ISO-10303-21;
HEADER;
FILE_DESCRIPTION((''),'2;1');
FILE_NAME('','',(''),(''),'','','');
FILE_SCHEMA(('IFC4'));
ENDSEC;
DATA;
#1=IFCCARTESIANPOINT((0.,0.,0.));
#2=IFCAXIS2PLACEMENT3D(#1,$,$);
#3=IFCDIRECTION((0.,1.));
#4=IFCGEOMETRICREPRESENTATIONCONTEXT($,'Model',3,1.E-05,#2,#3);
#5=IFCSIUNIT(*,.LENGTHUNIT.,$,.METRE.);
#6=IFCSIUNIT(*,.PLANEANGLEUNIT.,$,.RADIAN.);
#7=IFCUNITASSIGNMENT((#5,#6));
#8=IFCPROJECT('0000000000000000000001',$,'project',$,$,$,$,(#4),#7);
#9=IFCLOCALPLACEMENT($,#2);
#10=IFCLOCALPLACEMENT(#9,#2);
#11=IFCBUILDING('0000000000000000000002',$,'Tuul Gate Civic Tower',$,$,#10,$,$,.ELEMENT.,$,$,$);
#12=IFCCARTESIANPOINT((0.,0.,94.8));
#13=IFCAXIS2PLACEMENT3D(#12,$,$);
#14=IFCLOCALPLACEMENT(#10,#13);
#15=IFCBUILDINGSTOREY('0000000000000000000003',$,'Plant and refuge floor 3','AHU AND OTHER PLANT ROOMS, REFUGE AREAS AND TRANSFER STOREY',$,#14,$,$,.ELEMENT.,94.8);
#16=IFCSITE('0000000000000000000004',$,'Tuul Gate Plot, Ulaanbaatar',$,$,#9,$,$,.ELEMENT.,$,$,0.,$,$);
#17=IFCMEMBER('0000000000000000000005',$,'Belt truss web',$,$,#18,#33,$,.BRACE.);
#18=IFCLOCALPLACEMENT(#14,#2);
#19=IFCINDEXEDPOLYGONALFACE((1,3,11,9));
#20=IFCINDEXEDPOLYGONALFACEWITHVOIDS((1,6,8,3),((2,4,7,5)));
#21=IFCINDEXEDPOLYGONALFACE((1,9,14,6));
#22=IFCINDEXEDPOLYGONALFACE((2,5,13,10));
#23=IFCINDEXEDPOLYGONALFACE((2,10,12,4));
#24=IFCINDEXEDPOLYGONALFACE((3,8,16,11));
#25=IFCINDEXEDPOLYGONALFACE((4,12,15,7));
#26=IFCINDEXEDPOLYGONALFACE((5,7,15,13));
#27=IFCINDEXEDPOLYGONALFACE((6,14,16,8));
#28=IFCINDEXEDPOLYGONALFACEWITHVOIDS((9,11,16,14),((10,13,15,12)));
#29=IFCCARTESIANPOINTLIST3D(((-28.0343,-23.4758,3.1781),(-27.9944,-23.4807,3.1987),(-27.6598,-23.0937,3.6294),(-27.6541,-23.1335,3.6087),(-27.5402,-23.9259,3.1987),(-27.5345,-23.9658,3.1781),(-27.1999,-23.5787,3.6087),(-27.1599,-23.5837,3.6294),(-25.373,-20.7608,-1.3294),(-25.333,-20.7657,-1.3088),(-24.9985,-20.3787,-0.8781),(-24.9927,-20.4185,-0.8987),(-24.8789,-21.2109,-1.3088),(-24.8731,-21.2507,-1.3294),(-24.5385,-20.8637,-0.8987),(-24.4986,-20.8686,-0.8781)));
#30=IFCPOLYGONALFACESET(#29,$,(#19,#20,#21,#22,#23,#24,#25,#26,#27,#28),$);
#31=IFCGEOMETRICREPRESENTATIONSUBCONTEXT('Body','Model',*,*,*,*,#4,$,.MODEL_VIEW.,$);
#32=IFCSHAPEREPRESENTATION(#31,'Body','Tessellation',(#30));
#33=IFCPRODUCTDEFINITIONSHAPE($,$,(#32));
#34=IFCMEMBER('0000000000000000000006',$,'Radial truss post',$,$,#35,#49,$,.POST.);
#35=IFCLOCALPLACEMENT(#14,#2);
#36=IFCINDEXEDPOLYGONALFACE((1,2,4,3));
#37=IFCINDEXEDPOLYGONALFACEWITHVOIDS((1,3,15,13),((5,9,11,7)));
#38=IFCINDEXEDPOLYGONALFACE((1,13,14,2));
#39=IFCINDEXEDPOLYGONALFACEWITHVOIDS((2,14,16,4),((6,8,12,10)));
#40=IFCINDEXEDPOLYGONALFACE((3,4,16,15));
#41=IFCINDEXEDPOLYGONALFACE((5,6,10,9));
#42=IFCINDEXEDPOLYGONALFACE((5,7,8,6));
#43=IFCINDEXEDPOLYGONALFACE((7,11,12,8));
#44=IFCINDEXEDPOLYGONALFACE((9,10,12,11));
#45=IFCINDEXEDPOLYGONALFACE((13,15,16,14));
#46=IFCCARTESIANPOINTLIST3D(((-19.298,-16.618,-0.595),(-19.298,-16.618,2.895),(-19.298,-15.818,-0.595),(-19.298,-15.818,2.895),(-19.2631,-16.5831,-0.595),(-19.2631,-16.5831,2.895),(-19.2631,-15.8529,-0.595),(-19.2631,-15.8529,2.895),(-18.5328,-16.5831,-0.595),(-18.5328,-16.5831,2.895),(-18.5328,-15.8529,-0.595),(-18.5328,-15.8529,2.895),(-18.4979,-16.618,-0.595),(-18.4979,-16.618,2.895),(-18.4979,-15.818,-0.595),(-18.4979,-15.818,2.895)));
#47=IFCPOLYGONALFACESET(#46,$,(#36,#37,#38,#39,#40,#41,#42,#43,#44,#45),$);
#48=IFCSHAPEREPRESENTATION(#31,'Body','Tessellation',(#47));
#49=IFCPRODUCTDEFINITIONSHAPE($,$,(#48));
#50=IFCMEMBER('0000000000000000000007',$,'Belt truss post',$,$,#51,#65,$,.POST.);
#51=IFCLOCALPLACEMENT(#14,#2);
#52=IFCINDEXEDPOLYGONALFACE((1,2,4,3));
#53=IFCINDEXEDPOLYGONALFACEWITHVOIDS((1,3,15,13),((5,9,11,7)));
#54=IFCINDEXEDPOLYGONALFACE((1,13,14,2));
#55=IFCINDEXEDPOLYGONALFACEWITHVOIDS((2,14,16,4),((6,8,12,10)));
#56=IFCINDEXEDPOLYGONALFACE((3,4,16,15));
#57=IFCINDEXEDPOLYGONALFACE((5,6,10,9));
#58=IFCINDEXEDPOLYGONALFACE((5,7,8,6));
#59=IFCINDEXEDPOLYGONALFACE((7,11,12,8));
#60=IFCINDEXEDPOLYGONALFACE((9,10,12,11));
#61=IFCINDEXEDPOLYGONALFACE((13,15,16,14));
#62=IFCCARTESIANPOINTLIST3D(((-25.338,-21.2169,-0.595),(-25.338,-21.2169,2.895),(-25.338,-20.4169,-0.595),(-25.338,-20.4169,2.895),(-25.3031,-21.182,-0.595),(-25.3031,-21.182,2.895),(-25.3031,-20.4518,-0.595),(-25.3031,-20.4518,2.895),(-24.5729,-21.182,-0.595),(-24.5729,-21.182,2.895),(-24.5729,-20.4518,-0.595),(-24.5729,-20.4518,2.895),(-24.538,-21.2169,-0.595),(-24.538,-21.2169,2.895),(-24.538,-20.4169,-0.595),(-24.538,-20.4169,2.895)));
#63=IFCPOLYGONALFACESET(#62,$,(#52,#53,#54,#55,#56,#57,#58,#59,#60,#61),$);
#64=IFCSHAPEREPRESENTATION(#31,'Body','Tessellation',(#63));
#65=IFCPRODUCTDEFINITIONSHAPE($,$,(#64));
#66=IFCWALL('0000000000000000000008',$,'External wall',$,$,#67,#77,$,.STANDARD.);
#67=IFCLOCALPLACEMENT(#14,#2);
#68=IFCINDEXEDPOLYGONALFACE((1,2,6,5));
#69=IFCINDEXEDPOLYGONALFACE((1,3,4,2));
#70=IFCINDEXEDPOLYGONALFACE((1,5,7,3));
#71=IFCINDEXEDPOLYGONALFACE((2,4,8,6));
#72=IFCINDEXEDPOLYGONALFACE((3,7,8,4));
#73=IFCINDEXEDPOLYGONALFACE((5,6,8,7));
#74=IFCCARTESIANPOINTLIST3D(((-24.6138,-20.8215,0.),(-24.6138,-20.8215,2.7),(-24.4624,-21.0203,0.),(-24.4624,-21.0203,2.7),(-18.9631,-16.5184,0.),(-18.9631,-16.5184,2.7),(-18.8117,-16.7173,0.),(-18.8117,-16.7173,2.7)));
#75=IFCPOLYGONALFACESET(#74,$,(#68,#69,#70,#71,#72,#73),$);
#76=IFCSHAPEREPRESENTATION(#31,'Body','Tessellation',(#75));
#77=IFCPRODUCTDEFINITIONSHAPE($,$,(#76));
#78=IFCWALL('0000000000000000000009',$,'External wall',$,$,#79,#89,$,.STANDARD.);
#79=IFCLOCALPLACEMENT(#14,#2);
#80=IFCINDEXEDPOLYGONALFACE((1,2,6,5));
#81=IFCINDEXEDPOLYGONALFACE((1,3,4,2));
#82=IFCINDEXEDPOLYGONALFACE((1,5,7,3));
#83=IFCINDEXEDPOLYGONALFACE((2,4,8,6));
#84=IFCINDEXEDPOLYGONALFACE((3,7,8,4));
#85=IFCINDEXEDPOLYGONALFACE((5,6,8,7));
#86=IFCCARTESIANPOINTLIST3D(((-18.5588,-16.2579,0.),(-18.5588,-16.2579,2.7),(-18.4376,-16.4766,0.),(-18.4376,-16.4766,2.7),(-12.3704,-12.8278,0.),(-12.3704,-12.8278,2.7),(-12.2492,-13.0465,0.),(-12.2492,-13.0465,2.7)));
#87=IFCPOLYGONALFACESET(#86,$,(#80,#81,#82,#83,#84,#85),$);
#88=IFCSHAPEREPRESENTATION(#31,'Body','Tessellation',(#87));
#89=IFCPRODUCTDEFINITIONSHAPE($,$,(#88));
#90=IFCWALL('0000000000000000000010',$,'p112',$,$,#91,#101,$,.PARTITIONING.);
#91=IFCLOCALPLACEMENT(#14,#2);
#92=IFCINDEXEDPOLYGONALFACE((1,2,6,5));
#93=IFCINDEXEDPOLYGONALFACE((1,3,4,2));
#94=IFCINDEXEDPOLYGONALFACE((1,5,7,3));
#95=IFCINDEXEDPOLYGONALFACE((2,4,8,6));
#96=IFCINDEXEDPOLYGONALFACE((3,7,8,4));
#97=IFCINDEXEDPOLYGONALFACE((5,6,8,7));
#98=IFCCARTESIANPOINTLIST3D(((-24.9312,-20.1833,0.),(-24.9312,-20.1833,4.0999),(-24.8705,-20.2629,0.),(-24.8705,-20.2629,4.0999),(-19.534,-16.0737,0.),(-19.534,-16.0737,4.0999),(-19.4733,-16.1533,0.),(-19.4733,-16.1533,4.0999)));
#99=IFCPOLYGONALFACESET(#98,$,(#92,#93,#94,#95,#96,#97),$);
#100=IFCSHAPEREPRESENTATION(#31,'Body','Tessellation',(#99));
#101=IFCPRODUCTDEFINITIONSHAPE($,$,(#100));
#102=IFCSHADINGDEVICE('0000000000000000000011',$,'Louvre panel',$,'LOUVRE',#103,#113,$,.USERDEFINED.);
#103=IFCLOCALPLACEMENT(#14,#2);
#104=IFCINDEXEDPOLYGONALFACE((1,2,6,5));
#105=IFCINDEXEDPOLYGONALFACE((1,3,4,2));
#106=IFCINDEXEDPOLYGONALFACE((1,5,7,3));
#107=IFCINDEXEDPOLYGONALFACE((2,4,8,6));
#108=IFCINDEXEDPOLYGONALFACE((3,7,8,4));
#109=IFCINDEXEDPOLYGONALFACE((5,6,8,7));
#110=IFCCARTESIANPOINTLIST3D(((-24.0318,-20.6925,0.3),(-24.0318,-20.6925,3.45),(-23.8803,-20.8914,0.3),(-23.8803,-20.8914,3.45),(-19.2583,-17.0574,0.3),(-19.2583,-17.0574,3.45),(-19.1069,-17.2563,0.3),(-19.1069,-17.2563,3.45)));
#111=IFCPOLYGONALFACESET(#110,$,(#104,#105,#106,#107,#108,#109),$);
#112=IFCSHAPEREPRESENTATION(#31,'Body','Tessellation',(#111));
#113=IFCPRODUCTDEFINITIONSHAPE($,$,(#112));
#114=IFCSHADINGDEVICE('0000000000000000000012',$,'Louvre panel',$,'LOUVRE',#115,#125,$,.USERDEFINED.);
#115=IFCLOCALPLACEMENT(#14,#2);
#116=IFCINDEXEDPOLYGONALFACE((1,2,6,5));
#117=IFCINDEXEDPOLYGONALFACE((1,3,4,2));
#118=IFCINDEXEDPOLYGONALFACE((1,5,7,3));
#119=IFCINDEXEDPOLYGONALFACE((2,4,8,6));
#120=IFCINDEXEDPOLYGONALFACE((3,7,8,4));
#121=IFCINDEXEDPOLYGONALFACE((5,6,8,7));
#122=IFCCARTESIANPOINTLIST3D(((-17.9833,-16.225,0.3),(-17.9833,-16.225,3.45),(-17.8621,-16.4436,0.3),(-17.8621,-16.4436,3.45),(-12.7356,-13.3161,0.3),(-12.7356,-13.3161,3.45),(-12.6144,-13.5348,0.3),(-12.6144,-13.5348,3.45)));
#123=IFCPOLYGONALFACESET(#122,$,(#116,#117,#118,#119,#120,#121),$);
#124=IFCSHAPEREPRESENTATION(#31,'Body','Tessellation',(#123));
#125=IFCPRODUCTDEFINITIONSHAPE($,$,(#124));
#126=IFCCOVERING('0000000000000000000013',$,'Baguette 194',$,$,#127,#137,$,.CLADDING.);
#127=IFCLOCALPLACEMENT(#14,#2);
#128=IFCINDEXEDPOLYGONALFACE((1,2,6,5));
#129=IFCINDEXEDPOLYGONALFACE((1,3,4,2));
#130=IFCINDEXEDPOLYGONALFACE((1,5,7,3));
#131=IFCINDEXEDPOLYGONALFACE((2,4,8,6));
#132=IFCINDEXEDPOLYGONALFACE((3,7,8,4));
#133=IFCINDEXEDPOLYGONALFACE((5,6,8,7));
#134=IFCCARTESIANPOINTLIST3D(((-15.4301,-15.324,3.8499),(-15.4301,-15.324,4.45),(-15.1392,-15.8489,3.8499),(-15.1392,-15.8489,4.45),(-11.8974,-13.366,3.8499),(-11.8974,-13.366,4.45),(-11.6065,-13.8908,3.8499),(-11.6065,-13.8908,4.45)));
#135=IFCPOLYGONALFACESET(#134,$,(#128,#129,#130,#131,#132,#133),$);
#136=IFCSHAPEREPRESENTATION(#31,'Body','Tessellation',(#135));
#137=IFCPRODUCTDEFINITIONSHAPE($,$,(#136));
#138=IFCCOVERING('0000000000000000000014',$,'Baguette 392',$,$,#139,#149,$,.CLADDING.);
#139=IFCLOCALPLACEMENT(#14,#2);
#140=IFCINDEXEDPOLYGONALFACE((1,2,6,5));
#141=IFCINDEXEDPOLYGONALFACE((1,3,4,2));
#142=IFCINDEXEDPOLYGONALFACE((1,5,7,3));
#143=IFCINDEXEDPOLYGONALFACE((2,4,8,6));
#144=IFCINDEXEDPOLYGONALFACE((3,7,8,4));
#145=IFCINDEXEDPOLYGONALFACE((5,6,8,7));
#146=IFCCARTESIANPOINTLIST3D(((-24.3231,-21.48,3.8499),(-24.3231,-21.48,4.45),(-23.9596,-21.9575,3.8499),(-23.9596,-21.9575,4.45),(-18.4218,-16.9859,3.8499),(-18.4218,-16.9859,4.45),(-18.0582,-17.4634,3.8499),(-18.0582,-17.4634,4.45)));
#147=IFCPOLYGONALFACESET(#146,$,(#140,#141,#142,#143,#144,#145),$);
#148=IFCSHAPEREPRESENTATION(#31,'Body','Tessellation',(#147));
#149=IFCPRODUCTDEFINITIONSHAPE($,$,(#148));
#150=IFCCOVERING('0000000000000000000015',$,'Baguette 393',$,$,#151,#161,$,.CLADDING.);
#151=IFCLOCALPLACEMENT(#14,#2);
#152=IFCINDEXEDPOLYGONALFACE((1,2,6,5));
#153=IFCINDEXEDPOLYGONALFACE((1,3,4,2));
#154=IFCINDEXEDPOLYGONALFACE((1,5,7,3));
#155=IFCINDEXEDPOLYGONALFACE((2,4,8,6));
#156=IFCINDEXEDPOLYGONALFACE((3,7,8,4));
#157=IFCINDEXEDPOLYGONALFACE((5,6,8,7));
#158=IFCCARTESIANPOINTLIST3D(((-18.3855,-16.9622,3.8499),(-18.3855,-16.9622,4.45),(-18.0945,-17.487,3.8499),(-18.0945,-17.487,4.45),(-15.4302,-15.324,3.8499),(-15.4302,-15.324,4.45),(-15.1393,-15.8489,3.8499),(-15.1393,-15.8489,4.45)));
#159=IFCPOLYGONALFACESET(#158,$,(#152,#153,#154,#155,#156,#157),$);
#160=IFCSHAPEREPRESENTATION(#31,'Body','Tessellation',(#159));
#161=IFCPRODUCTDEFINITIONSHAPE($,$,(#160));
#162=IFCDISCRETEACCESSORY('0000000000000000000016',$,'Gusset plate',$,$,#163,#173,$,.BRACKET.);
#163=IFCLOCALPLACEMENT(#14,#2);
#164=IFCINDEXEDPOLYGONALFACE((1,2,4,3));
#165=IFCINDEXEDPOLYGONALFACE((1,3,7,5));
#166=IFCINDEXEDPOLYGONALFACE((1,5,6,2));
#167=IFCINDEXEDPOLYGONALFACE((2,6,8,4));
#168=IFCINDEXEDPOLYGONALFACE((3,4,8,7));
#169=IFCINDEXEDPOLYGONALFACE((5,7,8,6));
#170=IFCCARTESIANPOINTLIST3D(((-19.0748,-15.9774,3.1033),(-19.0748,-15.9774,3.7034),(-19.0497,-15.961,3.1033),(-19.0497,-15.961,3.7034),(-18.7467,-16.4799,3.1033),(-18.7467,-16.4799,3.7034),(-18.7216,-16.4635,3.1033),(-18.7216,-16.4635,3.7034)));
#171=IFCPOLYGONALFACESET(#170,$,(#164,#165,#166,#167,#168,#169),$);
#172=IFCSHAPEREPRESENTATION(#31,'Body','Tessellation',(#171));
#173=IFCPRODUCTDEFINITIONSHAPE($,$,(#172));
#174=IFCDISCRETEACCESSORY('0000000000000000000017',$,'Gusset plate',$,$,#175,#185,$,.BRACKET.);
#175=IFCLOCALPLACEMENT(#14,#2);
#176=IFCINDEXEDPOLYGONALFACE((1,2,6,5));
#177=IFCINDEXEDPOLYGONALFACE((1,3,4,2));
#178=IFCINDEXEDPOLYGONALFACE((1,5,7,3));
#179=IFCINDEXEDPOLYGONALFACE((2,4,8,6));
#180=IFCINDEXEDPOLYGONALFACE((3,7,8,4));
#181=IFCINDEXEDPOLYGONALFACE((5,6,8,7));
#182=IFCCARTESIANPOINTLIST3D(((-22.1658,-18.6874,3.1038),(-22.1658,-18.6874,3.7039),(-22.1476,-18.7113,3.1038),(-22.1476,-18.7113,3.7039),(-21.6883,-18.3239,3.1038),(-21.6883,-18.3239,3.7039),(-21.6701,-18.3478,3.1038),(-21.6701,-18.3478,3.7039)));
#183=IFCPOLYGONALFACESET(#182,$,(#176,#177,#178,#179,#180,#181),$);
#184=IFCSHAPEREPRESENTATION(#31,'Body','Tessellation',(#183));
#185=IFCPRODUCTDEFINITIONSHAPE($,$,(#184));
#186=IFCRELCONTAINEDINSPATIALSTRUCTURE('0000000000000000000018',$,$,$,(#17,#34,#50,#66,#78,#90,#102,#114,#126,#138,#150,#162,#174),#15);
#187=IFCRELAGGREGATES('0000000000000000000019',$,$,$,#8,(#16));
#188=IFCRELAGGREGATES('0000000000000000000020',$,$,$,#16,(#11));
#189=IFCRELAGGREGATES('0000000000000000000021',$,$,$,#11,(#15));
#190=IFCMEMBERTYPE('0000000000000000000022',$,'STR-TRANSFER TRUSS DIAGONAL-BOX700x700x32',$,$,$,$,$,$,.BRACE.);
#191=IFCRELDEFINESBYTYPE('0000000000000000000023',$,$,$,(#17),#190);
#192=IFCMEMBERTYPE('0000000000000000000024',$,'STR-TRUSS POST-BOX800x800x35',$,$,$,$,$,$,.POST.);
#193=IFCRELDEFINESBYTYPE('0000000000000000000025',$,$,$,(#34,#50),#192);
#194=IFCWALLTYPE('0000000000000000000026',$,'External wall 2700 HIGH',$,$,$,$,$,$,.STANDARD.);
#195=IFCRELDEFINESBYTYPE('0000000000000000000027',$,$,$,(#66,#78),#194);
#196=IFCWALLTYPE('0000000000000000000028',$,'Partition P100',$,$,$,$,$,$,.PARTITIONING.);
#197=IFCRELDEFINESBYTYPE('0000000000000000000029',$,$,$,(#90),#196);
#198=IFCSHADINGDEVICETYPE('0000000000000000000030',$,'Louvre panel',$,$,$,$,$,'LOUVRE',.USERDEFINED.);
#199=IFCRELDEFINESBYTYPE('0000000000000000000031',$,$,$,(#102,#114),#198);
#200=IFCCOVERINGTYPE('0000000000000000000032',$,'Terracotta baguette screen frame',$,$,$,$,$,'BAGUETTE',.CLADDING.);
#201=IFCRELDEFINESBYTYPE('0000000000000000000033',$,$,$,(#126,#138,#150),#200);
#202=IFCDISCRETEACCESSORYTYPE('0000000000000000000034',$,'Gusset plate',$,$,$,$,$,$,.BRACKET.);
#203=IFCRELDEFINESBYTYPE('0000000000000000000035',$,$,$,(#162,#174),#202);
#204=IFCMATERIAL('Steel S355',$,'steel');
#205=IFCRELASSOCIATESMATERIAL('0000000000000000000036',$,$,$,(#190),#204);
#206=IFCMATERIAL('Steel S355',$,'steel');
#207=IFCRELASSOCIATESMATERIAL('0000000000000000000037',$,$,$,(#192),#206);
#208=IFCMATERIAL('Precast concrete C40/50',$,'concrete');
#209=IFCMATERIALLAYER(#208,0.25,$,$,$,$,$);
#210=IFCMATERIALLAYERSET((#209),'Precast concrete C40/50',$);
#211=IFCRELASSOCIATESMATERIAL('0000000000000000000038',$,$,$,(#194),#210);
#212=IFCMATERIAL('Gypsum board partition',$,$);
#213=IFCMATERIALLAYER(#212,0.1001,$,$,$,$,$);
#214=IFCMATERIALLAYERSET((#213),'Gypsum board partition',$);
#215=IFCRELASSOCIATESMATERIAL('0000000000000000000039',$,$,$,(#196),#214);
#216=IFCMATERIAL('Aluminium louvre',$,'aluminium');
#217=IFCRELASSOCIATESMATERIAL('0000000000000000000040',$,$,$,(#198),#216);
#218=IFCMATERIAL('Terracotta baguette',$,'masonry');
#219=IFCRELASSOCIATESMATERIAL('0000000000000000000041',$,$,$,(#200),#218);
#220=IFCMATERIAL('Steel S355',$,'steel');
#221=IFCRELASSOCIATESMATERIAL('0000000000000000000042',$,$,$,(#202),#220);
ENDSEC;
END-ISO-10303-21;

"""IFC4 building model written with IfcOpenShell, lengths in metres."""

from ifc_helpers import new_model, si_unit, direction, frame, frame_2d, origin, origin_2d, place, context, subcontext, project, spatial, rectangle, hollow_rectangle, extrude, material, layer, layer_set, material_profile, profile_set, type_object, element, save


model = new_model("IFC4")

# Units and contexts
model_context = context("Model", 3, precision=1e-05, world=origin(), true_north=direction((0.0, 1.0)))
body_context = subcontext(model_context, "Body", "Model", "MODEL_VIEW")
ifc_project = project(units=[si_unit("LENGTHUNIT", "METRE"), si_unit("PLANEANGLEUNIT", "RADIAN")], contexts=[model_context])

# Site, building, storey
site_placement = place(None, origin())
site = spatial("IfcSite", under=ifc_project, at=site_placement, Name="Tuul Gate Plot, Ulaanbaatar", CompositionType="ELEMENT", RefElevation=0.0)
building_placement = place(site_placement, origin())
building = spatial("IfcBuilding", under=site, at=building_placement, Name="Tuul Gate Civic Tower", CompositionType="ELEMENT")
storey_placement = place(building_placement, frame((0.0, 0.0, 94.8)))
storey = spatial("IfcBuildingStorey", under=building, at=storey_placement, Name="Plant and refuge floor 3", Description="AHU AND OTHER PLANT ROOMS, REFUGE AREAS AND TRANSFER STOREY", CompositionType="ELEMENT", Elevation=94.8)

# Members
ifc_material_1 = material(Name="Steel S355", Category="steel")
ifc_material_profile_1 = material_profile(ifc_material_1, hollow_rectangle(XDim=0.7, YDim=0.7, WallThickness=0.032, at=origin_2d()), Name="BOX700x700x32")
ifc_profile_set_1 = profile_set([ifc_material_profile_1], Name="Steel S355")
member_type_1 = type_object("IfcMemberType", Name="STR-TRANSFER TRUSS DIAGONAL-BOX700x700x32", PredefinedType="BRACE", material=ifc_profile_set_1)
member_1_placement = place(storey_placement, frame((-24.9358, -20.8147, -1.1038), z_axis=(-0.451322, -0.46043, 0.764403), x_axis=(0.714135, -0.700008, 0.0)))
element("IfcMember", 1, at=member_1_placement, inside=storey, type_object=member_type_1, Name="Belt truss web", PredefinedType="BRACE", context=body_context, shape_type="SweptSolid", body=[
    extrude(hollow_rectangle(XDim=0.7, YDim=0.7, WallThickness=0.032, at=origin_2d()), origin(), (0.0, 0.0, 1.0), 5.8967),
])
ifc_material_2 = material(Name="Steel S355", Category="steel")
ifc_material_profile_2 = material_profile(ifc_material_2, hollow_rectangle(XDim=0.8, YDim=0.8, WallThickness=0.0349, at=origin_2d()), Name="BOX800x800x35")
ifc_profile_set_2 = profile_set([ifc_material_profile_2], Name="Steel S355")
member_type_2 = type_object("IfcMemberType", Name="STR-TRUSS POST-BOX800x800x35", PredefinedType="POST", material=ifc_profile_set_2)
for number, where, z_axis, x_axis, name in (
    (2, (-18.8979, -16.218, -0.595), (0.0, 0.0, 1.0), (1.0, 0.0, 0.0), "Radial truss post"),
    (3, (-24.938, -20.8169, -0.595), (0.0, 0.0, 1.0), (1.0, 0.0, 0.0), "Belt truss post"),
):
    element("IfcMember", number, at=place(storey_placement, frame(where, z_axis=z_axis, x_axis=x_axis)), inside=storey, type_object=member_type_2, Name=name, PredefinedType="POST", context=body_context, shape_type="SweptSolid", body=[
        extrude(hollow_rectangle(XDim=0.8, YDim=0.8, WallThickness=0.0349, at=origin_2d()), origin(), (0.0, 0.0, 1.0), 3.49),
    ])

# Walls
ifc_material_3 = material(Name="Precast concrete C40/50", Category="concrete")
ifc_layer_1 = layer(ifc_material_3, 0.25)
ifc_layer_set_1 = layer_set([ifc_layer_1], Name="Precast concrete C40/50")
wall_type_1 = type_object("IfcWallType", Name="External wall 2700 HIGH", PredefinedType="STANDARD", material=ifc_layer_set_1)
wall_1_placement = place(storey_placement, frame((-24.5381, -20.9209, 0.0), z_axis=(0.0, 0.0, 1.0), x_axis=(0.795586, 0.605841, 0.0)))
element("IfcWall", 4, at=wall_1_placement, inside=storey, type_object=wall_type_1, Name="External wall", PredefinedType="STANDARD", context=body_context, shape_type="SweptSolid", body=[
    extrude(rectangle(XDim=7.1025, YDim=0.25, at=frame_2d((3.5513, 0.0))), origin(), (0.0, 0.0, 1.0), 2.7),
])
wall_2_placement = place(storey_placement, frame((-18.498, -16.3672, 0.0), z_axis=(0.0, 0.0, 1.0), x_axis=(0.874629, 0.484793, 0.0)))
element("IfcWall", 5, at=wall_2_placement, inside=storey, type_object=wall_type_1, Name="External wall", PredefinedType="STANDARD", context=body_context, shape_type="SweptSolid", body=[
    extrude(rectangle(XDim=7.0754, YDim=0.25, at=frame_2d((3.5376, 0.0))), origin(), (0.0, 0.0, 1.0), 2.7),
])
ifc_material_4 = material(Name="Gypsum board partition")
ifc_layer_2 = layer(ifc_material_4, 0.1001)
ifc_layer_set_2 = layer_set([ifc_layer_2], Name="Gypsum board partition")
wall_type_2 = type_object("IfcWallType", Name="Partition P100", PredefinedType="PARTITIONING", material=ifc_layer_set_2)
wall_3_placement = place(storey_placement, frame((-19.5037, -16.1135, 0.0), z_axis=(0.0, 0.0, 1.0), x_axis=(-0.795613, -0.605806, 0.0)))
element("IfcWall", 6, at=wall_3_placement, inside=storey, type_object=wall_type_2, Name="p112", PredefinedType="PARTITIONING", context=body_context, shape_type="SweptSolid", body=[
    extrude(rectangle(XDim=6.7837, YDim=0.1001, at=frame_2d((3.3918, 0.0))), origin(), (0.0, 0.0, 1.0), 4.0999),
])

# Shading devices
ifc_material_5 = material(Name="Aluminium louvre", Category="aluminium")
shading_device_type = type_object("IfcShadingDeviceType", Name="Louvre panel", ElementType="LOUVRE", PredefinedType="USERDEFINED", material=ifc_material_5)
for number, where, z_axis, x_axis, name in (
    (7, (-21.5693, -18.9744, 0.3), (0.0, 0.0, 1.0), (0.605851, -0.795578, 0.0), "Louvre panel"),
    (8, (-15.2988, -14.8799, 0.3), (0.0, 0.0, 1.0), (0.484808, -0.874621, 0.0), "Louvre panel"),
):
    element("IfcShadingDevice", number, at=place(storey_placement, frame(where, z_axis=z_axis, x_axis=x_axis)), inside=storey, type_object=shading_device_type, Name=name, ObjectType="LOUVRE", PredefinedType="USERDEFINED", context=body_context, shape_type="SweptSolid", body=[
        extrude(rectangle(XDim=0.25, YDim=6.0, at=origin_2d()), origin(), (0.0, 0.0, 1.0), 3.1499),
    ])

# Coverings
ifc_material_6 = material(Name="Terracotta baguette", Category="masonry")
ifc_material_profile_3 = material_profile(ifc_material_6, rectangle(XDim=0.6001, YDim=0.6001, at=origin_2d()), Name="Terracotta baguette screen frame")
ifc_profile_set_3 = profile_set([ifc_material_profile_3], Name="Terracotta baguette")
covering_type = type_object("IfcCoveringType", Name="Terracotta baguette screen frame", ElementType="BAGUETTE", PredefinedType="CLADDING", material=ifc_profile_set_3)
covering_1_placement = place(storey_placement, frame((-15.2847, -15.5864, 4.1499), z_axis=(0.874642, 0.48477, 0.0), x_axis=(-0.48477, 0.874642, 0.0)))
element("IfcCovering", 9, at=covering_1_placement, inside=storey, type_object=covering_type, Name="Baguette 194", PredefinedType="CLADDING", context=body_context, shape_type="SweptSolid", body=[
    extrude(rectangle(XDim=0.6001, YDim=0.6001, at=origin_2d()), origin(), (0.0, 0.0, 1.0), 4.0391),
])
covering_2_placement = place(storey_placement, frame((-24.1414, -21.7188, 4.1499), z_axis=(0.795571, 0.605861, 0.0), x_axis=(-0.605861, 0.795571, 0.0)))
element("IfcCovering", 10, at=covering_2_placement, inside=storey, type_object=covering_type, Name="Baguette 392", PredefinedType="CLADDING", context=body_context, shape_type="SweptSolid", body=[
    extrude(rectangle(XDim=0.6001, YDim=0.6001, at=origin_2d()), origin(), (0.0, 0.0, 1.0), 7.4177),
])
covering_3_placement = place(storey_placement, frame((-18.24, -17.2246, 4.1499), z_axis=(0.874617, 0.484815, 0.0), x_axis=(-0.484815, 0.874617, 0.0)))
element("IfcCovering", 11, at=covering_3_placement, inside=storey, type_object=covering_type, Name="Baguette 393", PredefinedType="CLADDING", context=body_context, shape_type="SweptSolid", body=[
    extrude(rectangle(XDim=0.6001, YDim=0.6001, at=origin_2d()), origin(), (0.0, 0.0, 1.0), 3.3789),
])

# Discrete accessories
ifc_material_7 = material(Name="Steel S355", Category="steel")
discrete_accessory_type_1 = type_object("IfcDiscreteAccessoryType", Name="Gusset plate", PredefinedType="BRACKET", material=ifc_material_7)
for number, where, z_axis, x_axis, name in (
    (12, (-18.8982, -16.2205, 3.1033), (0.0, 0.0, 1.0), (-0.546722, 0.837314, 0.0), "Gusset plate"),
    (13, (-21.918, -18.5176, 3.1038), (0.0, 0.0, 1.0), (-0.795616, -0.605801, 0.0), "Gusset plate"),
):
    element("IfcDiscreteAccessory", number, at=place(storey_placement, frame(where, z_axis=z_axis, x_axis=x_axis)), inside=storey, type_object=discrete_accessory_type_1, Name=name, PredefinedType="BRACKET", context=body_context, shape_type="SweptSolid", body=[
        extrude(rectangle(XDim=0.6001, YDim=0.03, at=origin_2d()), origin(), (0.0, 0.0, 1.0), 0.6001),
    ])

save(model, "model.ifc")
